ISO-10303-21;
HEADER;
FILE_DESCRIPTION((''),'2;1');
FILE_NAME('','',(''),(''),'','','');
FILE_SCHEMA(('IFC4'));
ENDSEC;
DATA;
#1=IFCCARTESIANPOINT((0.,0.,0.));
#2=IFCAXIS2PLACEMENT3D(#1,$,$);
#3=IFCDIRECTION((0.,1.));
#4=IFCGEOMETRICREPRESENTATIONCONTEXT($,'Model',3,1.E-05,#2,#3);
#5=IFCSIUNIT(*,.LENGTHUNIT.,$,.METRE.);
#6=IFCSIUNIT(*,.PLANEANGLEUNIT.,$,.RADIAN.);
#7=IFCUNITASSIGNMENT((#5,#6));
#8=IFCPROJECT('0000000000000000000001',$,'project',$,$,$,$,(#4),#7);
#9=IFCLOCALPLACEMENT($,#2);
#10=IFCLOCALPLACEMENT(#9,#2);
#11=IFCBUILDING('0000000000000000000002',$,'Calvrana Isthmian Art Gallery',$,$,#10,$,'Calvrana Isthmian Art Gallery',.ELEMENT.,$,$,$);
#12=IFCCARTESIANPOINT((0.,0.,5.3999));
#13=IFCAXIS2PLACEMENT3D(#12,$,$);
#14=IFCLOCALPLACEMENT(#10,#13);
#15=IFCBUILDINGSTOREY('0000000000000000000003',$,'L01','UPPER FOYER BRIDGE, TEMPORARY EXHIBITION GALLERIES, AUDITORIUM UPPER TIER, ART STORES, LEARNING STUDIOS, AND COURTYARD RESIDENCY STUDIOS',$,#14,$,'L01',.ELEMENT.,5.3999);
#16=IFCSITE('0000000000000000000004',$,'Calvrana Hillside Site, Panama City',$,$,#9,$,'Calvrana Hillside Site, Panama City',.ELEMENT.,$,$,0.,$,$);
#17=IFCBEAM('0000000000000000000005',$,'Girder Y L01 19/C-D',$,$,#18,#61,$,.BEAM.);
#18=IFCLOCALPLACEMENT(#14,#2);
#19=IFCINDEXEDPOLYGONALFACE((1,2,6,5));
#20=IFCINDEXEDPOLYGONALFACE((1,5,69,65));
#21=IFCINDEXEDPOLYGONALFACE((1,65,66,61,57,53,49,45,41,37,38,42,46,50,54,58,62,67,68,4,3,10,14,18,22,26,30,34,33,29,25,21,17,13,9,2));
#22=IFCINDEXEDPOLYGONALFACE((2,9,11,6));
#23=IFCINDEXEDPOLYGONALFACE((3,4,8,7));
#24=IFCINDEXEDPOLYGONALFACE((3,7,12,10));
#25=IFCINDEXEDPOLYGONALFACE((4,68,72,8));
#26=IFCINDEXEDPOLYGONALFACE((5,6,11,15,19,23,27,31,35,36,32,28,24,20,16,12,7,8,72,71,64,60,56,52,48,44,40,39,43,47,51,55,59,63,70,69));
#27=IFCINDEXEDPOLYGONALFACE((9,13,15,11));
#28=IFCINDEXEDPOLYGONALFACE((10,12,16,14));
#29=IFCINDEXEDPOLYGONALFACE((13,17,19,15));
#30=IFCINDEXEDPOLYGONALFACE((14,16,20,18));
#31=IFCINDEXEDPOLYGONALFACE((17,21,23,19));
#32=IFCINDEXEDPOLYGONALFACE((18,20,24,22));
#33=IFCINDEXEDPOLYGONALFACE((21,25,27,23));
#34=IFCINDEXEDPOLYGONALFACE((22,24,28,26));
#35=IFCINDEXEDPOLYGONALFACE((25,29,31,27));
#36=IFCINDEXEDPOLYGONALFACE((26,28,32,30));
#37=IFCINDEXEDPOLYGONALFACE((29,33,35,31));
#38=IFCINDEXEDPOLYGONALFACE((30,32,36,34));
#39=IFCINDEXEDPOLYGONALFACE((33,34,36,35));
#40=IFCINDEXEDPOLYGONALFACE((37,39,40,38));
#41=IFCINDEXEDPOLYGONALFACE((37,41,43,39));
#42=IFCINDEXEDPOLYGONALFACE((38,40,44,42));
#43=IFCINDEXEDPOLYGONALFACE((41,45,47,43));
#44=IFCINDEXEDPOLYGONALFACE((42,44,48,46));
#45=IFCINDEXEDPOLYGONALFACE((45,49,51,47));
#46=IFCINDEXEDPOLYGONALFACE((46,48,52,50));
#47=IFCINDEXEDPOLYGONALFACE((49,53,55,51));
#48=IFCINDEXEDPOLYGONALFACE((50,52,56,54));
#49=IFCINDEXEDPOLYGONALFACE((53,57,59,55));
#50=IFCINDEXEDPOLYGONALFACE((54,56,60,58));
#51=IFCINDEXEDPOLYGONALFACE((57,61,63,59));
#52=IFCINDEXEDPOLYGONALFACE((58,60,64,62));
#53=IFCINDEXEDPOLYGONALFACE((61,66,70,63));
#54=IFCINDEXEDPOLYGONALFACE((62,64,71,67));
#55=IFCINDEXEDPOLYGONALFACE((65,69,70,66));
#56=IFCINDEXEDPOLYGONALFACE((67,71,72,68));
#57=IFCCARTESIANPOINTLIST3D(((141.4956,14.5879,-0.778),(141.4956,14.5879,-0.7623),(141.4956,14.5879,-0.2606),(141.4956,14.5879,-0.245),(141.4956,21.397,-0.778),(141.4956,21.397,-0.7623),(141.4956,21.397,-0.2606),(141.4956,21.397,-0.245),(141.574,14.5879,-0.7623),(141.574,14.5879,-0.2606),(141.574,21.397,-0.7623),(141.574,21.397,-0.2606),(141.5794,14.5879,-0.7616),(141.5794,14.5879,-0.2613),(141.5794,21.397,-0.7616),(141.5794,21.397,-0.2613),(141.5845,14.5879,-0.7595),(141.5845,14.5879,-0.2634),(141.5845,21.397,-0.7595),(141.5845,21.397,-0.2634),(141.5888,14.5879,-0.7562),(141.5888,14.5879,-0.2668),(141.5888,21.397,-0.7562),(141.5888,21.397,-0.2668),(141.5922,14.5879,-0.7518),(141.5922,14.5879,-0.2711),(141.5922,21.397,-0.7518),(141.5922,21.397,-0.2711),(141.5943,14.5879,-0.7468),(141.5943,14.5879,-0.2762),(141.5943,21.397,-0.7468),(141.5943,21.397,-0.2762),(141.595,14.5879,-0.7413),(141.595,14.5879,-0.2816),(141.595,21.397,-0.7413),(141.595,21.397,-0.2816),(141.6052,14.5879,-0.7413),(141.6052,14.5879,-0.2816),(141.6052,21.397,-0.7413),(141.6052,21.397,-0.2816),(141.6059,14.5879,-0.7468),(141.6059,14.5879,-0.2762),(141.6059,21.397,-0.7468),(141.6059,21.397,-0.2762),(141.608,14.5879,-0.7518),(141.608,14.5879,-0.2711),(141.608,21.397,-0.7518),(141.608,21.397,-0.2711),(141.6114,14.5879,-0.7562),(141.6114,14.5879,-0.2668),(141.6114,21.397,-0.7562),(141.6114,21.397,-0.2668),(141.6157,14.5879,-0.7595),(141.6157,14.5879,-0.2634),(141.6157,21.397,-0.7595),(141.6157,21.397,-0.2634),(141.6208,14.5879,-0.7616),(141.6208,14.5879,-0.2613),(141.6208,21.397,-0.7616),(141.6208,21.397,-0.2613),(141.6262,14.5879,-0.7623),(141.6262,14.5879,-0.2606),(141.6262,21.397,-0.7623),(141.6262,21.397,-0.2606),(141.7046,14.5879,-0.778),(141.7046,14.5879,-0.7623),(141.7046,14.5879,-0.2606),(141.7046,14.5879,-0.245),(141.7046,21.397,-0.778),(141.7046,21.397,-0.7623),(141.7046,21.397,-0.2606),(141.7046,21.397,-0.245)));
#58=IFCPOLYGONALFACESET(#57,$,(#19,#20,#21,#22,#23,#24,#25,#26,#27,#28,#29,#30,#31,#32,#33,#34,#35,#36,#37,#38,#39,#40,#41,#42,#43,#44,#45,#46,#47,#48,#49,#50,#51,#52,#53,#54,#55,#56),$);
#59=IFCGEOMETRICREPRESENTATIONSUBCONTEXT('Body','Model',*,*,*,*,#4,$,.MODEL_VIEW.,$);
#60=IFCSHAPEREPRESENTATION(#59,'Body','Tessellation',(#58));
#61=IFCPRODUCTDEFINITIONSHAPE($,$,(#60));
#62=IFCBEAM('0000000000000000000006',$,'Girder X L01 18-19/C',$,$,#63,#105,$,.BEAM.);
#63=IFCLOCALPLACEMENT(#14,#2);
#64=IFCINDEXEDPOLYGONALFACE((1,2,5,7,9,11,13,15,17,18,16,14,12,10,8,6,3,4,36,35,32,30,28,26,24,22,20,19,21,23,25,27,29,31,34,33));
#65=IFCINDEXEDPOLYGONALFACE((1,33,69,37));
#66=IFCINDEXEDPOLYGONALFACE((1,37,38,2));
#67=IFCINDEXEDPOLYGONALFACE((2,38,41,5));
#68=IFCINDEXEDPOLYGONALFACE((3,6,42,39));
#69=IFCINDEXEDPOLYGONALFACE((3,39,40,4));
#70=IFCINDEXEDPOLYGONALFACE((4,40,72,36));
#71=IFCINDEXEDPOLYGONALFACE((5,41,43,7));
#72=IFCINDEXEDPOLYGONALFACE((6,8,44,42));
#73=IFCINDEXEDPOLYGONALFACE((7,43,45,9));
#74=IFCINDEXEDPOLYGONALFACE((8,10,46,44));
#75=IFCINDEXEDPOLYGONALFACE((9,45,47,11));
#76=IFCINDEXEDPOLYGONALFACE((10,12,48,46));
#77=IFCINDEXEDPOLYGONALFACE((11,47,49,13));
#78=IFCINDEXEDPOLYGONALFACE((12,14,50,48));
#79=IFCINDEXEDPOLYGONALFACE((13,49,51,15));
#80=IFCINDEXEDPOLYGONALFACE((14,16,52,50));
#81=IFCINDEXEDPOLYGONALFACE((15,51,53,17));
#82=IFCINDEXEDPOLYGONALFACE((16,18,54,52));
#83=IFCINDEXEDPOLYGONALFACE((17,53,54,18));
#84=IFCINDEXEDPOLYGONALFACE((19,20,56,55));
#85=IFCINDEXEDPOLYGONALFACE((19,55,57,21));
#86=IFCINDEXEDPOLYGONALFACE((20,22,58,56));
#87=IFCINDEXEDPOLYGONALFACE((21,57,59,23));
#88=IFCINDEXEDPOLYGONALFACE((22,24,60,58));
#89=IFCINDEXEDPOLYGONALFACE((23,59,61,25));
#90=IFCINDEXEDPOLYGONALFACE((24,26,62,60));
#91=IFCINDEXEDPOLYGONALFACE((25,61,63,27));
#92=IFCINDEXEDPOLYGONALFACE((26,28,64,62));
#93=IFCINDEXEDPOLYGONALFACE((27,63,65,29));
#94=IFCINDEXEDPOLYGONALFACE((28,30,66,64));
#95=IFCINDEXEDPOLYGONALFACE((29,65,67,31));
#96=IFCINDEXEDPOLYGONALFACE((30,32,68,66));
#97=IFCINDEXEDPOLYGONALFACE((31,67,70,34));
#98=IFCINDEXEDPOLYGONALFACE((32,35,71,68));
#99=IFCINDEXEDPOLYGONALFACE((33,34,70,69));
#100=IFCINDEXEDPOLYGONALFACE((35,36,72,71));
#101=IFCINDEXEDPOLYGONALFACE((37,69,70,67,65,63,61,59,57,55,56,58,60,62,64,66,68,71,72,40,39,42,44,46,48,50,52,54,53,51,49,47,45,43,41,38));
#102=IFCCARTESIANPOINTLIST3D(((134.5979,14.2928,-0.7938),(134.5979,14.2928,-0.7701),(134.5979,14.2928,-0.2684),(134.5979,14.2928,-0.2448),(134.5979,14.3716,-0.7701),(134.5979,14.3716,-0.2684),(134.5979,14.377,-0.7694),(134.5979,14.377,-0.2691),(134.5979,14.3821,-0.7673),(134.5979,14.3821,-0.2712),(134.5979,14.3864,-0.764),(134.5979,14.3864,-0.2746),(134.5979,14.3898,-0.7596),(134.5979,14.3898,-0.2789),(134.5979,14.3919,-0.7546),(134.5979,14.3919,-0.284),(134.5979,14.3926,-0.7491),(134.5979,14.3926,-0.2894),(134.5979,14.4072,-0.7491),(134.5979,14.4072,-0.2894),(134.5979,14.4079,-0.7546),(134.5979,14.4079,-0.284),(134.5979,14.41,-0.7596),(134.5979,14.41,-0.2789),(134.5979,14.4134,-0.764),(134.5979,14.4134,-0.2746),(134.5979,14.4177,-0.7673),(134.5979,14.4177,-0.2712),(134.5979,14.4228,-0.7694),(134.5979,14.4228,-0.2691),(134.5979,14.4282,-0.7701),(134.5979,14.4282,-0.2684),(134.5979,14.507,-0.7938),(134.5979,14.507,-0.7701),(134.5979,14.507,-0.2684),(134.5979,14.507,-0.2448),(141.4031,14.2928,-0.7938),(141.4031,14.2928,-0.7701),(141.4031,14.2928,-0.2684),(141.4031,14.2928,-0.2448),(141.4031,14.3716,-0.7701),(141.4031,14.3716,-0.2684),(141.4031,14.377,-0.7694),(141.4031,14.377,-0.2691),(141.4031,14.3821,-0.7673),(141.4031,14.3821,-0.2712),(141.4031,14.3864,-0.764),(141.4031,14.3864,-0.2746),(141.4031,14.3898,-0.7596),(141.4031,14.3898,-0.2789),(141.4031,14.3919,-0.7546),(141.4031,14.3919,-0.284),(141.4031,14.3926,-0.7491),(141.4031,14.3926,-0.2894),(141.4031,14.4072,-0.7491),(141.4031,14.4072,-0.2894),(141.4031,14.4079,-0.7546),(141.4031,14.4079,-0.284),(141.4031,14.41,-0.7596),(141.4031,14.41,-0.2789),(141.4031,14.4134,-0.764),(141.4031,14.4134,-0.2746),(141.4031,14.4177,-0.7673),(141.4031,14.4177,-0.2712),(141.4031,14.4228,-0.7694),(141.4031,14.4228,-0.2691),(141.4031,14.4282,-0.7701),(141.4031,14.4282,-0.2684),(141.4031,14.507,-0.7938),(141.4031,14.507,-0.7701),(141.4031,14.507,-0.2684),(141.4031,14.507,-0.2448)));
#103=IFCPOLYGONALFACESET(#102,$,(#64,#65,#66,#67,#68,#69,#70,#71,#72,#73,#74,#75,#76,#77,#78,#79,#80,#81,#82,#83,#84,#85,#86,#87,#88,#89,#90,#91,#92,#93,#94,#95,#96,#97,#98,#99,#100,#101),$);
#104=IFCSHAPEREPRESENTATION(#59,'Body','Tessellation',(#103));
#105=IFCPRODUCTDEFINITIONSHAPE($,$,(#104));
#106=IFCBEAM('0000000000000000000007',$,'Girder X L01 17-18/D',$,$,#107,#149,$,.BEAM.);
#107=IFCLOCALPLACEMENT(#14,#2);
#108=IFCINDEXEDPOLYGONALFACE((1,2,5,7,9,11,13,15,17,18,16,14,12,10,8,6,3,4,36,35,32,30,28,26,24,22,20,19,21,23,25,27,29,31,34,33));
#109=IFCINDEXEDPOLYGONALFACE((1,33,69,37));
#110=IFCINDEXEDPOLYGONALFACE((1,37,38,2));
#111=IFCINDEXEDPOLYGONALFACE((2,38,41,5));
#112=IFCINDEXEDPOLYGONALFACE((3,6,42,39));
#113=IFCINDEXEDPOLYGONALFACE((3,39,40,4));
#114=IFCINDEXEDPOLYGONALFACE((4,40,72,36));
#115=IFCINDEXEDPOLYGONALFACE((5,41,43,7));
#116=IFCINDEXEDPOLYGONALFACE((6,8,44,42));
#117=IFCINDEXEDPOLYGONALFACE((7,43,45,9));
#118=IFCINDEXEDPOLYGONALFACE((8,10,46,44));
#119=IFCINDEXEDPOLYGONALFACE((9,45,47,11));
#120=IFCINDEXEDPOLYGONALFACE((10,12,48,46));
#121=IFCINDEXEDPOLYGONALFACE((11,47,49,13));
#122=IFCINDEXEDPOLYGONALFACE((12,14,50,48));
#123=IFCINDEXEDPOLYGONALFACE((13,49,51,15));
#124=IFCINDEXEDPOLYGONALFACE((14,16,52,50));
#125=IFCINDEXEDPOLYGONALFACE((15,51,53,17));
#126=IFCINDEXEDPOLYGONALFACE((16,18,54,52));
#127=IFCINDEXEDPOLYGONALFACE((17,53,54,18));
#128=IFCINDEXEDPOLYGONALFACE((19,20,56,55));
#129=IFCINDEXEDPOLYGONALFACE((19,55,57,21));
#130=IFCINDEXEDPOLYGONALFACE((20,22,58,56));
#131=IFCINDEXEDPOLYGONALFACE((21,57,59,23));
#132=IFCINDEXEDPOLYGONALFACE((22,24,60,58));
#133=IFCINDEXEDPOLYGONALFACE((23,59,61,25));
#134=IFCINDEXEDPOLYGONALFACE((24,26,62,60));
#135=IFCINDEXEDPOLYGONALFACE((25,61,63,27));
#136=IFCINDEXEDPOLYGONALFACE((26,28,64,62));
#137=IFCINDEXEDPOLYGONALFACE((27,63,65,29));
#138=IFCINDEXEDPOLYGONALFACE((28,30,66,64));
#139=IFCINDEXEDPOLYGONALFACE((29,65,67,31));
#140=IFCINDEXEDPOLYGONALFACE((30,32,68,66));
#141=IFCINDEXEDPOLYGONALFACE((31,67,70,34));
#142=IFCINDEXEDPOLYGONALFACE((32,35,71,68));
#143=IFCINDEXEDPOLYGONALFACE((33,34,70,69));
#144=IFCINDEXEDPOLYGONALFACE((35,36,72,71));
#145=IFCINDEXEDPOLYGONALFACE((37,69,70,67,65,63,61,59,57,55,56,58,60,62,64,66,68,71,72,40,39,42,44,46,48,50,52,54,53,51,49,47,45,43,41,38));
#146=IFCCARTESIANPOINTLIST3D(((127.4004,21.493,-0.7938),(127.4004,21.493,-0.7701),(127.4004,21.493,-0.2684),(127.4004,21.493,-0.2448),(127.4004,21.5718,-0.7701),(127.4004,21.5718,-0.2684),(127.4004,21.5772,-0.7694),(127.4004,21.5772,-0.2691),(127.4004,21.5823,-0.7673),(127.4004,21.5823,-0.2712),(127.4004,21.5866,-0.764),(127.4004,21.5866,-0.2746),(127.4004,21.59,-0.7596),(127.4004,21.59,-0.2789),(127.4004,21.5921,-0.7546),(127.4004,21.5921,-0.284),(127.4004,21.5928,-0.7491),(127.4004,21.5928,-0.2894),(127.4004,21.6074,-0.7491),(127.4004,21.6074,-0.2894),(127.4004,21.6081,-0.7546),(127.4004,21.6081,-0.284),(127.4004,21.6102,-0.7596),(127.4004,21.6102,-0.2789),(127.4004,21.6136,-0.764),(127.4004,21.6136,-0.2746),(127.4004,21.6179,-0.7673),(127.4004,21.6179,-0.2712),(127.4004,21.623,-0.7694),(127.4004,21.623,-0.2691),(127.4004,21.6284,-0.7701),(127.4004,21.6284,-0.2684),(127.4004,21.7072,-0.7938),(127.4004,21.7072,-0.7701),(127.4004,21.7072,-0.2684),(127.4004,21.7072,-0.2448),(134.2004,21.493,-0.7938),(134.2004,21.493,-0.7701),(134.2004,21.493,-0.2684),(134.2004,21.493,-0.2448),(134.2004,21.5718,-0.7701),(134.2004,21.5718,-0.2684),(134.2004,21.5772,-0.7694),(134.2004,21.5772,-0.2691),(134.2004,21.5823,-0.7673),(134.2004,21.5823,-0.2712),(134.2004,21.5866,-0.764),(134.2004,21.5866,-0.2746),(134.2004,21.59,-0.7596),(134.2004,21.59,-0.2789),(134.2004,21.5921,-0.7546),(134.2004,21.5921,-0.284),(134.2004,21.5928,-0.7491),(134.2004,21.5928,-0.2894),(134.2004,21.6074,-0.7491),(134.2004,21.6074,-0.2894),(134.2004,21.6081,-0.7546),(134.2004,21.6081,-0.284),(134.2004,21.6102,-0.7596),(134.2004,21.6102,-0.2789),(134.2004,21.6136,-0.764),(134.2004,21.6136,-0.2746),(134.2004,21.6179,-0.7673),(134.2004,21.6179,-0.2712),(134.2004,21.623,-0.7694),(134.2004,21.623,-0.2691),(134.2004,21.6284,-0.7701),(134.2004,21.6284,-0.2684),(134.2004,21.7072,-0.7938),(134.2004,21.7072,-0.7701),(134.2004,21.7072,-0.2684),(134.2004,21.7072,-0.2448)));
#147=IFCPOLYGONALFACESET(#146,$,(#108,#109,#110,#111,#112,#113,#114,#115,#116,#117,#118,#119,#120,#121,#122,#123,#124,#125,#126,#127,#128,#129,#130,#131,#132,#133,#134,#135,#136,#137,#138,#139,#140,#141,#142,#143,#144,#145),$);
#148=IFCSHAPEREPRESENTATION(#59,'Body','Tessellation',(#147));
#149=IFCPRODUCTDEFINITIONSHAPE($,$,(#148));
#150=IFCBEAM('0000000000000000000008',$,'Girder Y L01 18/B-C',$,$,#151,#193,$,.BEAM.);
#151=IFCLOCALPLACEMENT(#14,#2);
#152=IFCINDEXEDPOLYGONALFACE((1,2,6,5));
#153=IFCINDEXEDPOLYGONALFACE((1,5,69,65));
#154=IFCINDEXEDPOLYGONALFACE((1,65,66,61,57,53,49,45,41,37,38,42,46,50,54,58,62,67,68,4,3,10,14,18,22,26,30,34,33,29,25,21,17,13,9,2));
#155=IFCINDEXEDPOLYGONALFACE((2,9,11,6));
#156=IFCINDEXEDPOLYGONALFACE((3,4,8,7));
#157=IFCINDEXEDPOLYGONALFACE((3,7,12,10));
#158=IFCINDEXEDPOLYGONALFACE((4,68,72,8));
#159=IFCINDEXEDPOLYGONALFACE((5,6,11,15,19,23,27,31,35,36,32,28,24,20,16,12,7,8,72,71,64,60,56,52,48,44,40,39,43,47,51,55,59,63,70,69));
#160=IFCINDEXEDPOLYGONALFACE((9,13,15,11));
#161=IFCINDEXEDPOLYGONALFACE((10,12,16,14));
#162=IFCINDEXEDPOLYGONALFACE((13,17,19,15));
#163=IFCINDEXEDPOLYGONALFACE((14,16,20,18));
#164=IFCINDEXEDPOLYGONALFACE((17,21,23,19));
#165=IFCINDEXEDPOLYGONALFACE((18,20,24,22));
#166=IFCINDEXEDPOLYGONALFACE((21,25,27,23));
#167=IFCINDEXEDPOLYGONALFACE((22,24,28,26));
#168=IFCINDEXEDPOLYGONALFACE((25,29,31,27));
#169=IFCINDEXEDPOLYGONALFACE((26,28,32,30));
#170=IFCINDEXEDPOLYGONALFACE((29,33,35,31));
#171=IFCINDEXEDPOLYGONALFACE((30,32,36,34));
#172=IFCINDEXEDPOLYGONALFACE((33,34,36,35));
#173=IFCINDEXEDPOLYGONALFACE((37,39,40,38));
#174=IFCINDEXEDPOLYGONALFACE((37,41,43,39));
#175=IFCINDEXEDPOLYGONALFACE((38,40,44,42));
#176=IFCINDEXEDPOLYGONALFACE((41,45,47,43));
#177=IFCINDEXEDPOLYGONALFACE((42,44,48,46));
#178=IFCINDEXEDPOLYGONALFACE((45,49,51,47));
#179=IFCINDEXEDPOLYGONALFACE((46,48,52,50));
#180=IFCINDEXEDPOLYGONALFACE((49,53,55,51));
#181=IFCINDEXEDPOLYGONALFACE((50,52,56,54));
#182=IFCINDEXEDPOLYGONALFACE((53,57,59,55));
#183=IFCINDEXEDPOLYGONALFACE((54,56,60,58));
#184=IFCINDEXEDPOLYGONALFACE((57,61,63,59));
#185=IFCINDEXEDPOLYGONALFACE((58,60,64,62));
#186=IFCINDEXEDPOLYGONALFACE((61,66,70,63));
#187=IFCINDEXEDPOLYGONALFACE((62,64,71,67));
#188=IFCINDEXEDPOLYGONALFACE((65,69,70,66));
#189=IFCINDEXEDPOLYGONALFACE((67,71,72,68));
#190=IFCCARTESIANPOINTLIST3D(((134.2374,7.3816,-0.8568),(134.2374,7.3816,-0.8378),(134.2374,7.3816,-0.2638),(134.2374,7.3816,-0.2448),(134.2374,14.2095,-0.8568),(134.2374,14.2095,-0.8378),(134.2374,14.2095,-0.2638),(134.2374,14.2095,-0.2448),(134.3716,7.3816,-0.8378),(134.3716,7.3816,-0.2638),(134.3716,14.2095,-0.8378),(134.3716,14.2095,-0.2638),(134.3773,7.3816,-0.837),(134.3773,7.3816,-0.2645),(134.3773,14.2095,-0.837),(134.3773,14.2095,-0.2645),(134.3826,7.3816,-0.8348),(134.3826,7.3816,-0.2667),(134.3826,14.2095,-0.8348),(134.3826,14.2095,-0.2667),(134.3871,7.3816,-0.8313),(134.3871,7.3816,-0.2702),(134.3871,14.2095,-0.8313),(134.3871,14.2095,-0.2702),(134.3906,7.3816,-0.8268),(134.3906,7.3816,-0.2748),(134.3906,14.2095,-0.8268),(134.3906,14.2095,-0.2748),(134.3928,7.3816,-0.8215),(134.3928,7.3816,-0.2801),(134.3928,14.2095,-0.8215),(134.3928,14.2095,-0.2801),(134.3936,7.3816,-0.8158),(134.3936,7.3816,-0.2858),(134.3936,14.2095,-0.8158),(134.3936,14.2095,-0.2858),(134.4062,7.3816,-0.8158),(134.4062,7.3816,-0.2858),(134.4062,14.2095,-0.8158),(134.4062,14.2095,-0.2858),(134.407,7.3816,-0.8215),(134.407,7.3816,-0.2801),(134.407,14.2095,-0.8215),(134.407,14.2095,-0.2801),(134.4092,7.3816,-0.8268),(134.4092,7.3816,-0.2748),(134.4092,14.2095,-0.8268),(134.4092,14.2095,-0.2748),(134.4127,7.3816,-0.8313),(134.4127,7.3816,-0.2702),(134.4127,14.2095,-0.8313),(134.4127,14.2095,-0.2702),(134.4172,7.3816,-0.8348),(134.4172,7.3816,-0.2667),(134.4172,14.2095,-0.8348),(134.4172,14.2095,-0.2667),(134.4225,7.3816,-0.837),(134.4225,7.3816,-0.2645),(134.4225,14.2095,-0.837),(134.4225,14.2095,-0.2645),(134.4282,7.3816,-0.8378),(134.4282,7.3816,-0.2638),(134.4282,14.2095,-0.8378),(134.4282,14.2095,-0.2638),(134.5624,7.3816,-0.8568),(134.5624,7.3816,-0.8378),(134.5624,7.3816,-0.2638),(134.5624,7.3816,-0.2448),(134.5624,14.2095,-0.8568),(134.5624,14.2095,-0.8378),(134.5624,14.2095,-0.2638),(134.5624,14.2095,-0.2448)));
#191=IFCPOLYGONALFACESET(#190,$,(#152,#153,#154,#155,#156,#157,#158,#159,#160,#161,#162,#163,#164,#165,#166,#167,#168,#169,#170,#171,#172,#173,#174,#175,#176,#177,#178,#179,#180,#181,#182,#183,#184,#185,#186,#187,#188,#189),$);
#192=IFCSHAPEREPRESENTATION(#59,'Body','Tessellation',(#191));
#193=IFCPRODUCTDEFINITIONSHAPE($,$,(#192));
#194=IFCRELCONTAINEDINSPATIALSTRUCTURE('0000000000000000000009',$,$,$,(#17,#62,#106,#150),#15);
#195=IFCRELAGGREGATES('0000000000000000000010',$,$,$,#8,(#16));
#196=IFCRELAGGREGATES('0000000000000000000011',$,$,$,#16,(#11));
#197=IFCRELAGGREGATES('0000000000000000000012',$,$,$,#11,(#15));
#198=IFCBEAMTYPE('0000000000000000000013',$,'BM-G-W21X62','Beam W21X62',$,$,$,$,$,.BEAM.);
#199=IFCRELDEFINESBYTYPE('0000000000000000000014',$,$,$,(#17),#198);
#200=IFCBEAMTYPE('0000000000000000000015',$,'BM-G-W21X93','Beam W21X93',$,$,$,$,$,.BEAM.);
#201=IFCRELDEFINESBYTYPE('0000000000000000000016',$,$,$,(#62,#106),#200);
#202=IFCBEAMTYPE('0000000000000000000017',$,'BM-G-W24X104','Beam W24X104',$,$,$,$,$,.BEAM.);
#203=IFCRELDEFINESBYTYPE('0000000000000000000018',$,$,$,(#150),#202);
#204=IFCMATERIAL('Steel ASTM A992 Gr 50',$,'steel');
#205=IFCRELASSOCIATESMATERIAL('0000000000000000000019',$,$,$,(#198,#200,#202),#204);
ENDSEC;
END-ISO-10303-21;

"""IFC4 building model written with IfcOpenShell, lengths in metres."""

from ifc_helpers import new_model, si_unit, direction, frame, origin, origin_2d, place, context, subcontext, project, spatial, i_section, extrude, material, material_profile, profile_set, type_object, element, save


model = new_model("IFC4")

# Units and contexts
model_context = context("Model", 3, precision=1e-05, world=origin(), true_north=direction((0.0, 1.0)))
body_context = subcontext(model_context, "Body", "Model", "MODEL_VIEW")
ifc_project = project(units=[si_unit("LENGTHUNIT", "METRE"), si_unit("PLANEANGLEUNIT", "RADIAN")], contexts=[model_context])

# Site, building, storey
site_placement = place(None, origin())
site = spatial("IfcSite", under=ifc_project, at=site_placement, Name="Calvrana Hillside Site, Panama City", LongName="Calvrana Hillside Site, Panama City", CompositionType="ELEMENT", RefElevation=0.0)
building_placement = place(site_placement, origin())
building = spatial("IfcBuilding", under=site, at=building_placement, Name="Calvrana Isthmian Art Gallery", LongName="Calvrana Isthmian Art Gallery", CompositionType="ELEMENT")
storey_placement = place(building_placement, frame((0.0, 0.0, 5.3999)))
storey = spatial("IfcBuildingStorey", under=building, at=storey_placement, Name="L01", Description="UPPER FOYER BRIDGE, TEMPORARY EXHIBITION GALLERIES, AUDITORIUM UPPER TIER, ART STORES, LEARNING STUDIOS, AND COURTYARD RESIDENCY STUDIOS", LongName="L01", CompositionType="ELEMENT", Elevation=5.3999)

# Shared definitions
ifc_material_1 = material(Name="Steel ASTM A992 Gr 50", Category="steel")

# Beams
ifc_material_profile_1 = material_profile(ifc_material_1, i_section(OverallWidth=0.209, OverallDepth=0.533, WebThickness=0.0103, FlangeThickness=0.0156, FilletRadius=0.021, at=origin_2d()), Name="W21X62")
ifc_profile_set_1 = profile_set([ifc_material_profile_1], Name="Steel ASTM A992 Gr 50")
beam_type_1 = type_object("IfcBeamType", Name="BM-G-W21X62", Description="Beam W21X62", PredefinedType="BEAM", material=ifc_profile_set_1)
beam_1_placement = place(storey_placement, frame((141.6001, 14.5879, -0.5115), z_axis=(0.0, 1.0, 0.0), x_axis=(-1.0, 0.0, 0.0)))
element("IfcBeam", 1, at=beam_1_placement, inside=storey, type_object=beam_type_1, Name="Girder Y L01 19/C-D", PredefinedType="BEAM", context=body_context, shape_type="SweptSolid", body=[
    extrude(i_section(OverallWidth=0.209, OverallDepth=0.533, WebThickness=0.0103, FlangeThickness=0.0156, FilletRadius=0.021, at=origin_2d()), origin(), (0.0, 0.0, 1.0), 6.8091),
])
ifc_material_profile_2 = material_profile(ifc_material_1, i_section(OverallWidth=0.2141, OverallDepth=0.5491, WebThickness=0.0146, FlangeThickness=0.0237, FilletRadius=0.021, at=origin_2d()), Name="W21X93")
ifc_profile_set_2 = profile_set([ifc_material_profile_2], Name="Steel ASTM A992 Gr 50")
beam_type_2 = type_object("IfcBeamType", Name="BM-G-W21X93", Description="Beam W21X93", PredefinedType="BEAM", material=ifc_profile_set_2)
beam_2_placement = place(storey_placement, frame((134.5979, 14.3999, -0.5193), z_axis=(1.0, 0.0, 0.0), x_axis=(0.0, 1.0, 0.0)))
element("IfcBeam", 2, at=beam_2_placement, inside=storey, type_object=beam_type_2, Name="Girder X L01 18-19/C", PredefinedType="BEAM", context=body_context, shape_type="SweptSolid", body=[
    extrude(i_section(OverallWidth=0.2141, OverallDepth=0.5491, WebThickness=0.0146, FlangeThickness=0.0237, FilletRadius=0.021, at=origin_2d()), origin(), (0.0, 0.0, 1.0), 6.8052),
])
beam_3_placement = place(storey_placement, frame((127.4004, 21.6001, -0.5193), z_axis=(1.0, 0.0, 0.0), x_axis=(0.0, 1.0, 0.0)))
element("IfcBeam", 3, at=beam_3_placement, inside=storey, type_object=beam_type_2, Name="Girder X L01 17-18/D", PredefinedType="BEAM", context=body_context, shape_type="SweptSolid", body=[
    extrude(i_section(OverallWidth=0.2141, OverallDepth=0.5491, WebThickness=0.0146, FlangeThickness=0.0237, FilletRadius=0.021, at=origin_2d()), origin(), (0.0, 0.0, 1.0), 6.8),
])
ifc_material_profile_3 = material_profile(ifc_material_1, i_section(OverallWidth=0.325, OverallDepth=0.6121, WebThickness=0.0127, FlangeThickness=0.019, FilletRadius=0.022, at=origin_2d()), Name="W24X104")
ifc_profile_set_3 = profile_set([ifc_material_profile_3], Name="Steel ASTM A992 Gr 50")
beam_type_3 = type_object("IfcBeamType", Name="BM-G-W24X104", Description="Beam W24X104", PredefinedType="BEAM", material=ifc_profile_set_3)
beam_4_placement = place(storey_placement, frame((134.3999, 7.3816, -0.5508), z_axis=(0.0, 1.0, 0.0), x_axis=(-1.0, 0.0, 0.0)))
element("IfcBeam", 4, at=beam_4_placement, inside=storey, type_object=beam_type_3, Name="Girder Y L01 18/B-C", PredefinedType="BEAM", context=body_context, shape_type="SweptSolid", body=[
    extrude(i_section(OverallWidth=0.325, OverallDepth=0.6121, WebThickness=0.0127, FlangeThickness=0.019, FilletRadius=0.022, at=origin_2d()), origin(), (0.0, 0.0, 1.0), 6.8279),
])

save(model, "model.ifc")
